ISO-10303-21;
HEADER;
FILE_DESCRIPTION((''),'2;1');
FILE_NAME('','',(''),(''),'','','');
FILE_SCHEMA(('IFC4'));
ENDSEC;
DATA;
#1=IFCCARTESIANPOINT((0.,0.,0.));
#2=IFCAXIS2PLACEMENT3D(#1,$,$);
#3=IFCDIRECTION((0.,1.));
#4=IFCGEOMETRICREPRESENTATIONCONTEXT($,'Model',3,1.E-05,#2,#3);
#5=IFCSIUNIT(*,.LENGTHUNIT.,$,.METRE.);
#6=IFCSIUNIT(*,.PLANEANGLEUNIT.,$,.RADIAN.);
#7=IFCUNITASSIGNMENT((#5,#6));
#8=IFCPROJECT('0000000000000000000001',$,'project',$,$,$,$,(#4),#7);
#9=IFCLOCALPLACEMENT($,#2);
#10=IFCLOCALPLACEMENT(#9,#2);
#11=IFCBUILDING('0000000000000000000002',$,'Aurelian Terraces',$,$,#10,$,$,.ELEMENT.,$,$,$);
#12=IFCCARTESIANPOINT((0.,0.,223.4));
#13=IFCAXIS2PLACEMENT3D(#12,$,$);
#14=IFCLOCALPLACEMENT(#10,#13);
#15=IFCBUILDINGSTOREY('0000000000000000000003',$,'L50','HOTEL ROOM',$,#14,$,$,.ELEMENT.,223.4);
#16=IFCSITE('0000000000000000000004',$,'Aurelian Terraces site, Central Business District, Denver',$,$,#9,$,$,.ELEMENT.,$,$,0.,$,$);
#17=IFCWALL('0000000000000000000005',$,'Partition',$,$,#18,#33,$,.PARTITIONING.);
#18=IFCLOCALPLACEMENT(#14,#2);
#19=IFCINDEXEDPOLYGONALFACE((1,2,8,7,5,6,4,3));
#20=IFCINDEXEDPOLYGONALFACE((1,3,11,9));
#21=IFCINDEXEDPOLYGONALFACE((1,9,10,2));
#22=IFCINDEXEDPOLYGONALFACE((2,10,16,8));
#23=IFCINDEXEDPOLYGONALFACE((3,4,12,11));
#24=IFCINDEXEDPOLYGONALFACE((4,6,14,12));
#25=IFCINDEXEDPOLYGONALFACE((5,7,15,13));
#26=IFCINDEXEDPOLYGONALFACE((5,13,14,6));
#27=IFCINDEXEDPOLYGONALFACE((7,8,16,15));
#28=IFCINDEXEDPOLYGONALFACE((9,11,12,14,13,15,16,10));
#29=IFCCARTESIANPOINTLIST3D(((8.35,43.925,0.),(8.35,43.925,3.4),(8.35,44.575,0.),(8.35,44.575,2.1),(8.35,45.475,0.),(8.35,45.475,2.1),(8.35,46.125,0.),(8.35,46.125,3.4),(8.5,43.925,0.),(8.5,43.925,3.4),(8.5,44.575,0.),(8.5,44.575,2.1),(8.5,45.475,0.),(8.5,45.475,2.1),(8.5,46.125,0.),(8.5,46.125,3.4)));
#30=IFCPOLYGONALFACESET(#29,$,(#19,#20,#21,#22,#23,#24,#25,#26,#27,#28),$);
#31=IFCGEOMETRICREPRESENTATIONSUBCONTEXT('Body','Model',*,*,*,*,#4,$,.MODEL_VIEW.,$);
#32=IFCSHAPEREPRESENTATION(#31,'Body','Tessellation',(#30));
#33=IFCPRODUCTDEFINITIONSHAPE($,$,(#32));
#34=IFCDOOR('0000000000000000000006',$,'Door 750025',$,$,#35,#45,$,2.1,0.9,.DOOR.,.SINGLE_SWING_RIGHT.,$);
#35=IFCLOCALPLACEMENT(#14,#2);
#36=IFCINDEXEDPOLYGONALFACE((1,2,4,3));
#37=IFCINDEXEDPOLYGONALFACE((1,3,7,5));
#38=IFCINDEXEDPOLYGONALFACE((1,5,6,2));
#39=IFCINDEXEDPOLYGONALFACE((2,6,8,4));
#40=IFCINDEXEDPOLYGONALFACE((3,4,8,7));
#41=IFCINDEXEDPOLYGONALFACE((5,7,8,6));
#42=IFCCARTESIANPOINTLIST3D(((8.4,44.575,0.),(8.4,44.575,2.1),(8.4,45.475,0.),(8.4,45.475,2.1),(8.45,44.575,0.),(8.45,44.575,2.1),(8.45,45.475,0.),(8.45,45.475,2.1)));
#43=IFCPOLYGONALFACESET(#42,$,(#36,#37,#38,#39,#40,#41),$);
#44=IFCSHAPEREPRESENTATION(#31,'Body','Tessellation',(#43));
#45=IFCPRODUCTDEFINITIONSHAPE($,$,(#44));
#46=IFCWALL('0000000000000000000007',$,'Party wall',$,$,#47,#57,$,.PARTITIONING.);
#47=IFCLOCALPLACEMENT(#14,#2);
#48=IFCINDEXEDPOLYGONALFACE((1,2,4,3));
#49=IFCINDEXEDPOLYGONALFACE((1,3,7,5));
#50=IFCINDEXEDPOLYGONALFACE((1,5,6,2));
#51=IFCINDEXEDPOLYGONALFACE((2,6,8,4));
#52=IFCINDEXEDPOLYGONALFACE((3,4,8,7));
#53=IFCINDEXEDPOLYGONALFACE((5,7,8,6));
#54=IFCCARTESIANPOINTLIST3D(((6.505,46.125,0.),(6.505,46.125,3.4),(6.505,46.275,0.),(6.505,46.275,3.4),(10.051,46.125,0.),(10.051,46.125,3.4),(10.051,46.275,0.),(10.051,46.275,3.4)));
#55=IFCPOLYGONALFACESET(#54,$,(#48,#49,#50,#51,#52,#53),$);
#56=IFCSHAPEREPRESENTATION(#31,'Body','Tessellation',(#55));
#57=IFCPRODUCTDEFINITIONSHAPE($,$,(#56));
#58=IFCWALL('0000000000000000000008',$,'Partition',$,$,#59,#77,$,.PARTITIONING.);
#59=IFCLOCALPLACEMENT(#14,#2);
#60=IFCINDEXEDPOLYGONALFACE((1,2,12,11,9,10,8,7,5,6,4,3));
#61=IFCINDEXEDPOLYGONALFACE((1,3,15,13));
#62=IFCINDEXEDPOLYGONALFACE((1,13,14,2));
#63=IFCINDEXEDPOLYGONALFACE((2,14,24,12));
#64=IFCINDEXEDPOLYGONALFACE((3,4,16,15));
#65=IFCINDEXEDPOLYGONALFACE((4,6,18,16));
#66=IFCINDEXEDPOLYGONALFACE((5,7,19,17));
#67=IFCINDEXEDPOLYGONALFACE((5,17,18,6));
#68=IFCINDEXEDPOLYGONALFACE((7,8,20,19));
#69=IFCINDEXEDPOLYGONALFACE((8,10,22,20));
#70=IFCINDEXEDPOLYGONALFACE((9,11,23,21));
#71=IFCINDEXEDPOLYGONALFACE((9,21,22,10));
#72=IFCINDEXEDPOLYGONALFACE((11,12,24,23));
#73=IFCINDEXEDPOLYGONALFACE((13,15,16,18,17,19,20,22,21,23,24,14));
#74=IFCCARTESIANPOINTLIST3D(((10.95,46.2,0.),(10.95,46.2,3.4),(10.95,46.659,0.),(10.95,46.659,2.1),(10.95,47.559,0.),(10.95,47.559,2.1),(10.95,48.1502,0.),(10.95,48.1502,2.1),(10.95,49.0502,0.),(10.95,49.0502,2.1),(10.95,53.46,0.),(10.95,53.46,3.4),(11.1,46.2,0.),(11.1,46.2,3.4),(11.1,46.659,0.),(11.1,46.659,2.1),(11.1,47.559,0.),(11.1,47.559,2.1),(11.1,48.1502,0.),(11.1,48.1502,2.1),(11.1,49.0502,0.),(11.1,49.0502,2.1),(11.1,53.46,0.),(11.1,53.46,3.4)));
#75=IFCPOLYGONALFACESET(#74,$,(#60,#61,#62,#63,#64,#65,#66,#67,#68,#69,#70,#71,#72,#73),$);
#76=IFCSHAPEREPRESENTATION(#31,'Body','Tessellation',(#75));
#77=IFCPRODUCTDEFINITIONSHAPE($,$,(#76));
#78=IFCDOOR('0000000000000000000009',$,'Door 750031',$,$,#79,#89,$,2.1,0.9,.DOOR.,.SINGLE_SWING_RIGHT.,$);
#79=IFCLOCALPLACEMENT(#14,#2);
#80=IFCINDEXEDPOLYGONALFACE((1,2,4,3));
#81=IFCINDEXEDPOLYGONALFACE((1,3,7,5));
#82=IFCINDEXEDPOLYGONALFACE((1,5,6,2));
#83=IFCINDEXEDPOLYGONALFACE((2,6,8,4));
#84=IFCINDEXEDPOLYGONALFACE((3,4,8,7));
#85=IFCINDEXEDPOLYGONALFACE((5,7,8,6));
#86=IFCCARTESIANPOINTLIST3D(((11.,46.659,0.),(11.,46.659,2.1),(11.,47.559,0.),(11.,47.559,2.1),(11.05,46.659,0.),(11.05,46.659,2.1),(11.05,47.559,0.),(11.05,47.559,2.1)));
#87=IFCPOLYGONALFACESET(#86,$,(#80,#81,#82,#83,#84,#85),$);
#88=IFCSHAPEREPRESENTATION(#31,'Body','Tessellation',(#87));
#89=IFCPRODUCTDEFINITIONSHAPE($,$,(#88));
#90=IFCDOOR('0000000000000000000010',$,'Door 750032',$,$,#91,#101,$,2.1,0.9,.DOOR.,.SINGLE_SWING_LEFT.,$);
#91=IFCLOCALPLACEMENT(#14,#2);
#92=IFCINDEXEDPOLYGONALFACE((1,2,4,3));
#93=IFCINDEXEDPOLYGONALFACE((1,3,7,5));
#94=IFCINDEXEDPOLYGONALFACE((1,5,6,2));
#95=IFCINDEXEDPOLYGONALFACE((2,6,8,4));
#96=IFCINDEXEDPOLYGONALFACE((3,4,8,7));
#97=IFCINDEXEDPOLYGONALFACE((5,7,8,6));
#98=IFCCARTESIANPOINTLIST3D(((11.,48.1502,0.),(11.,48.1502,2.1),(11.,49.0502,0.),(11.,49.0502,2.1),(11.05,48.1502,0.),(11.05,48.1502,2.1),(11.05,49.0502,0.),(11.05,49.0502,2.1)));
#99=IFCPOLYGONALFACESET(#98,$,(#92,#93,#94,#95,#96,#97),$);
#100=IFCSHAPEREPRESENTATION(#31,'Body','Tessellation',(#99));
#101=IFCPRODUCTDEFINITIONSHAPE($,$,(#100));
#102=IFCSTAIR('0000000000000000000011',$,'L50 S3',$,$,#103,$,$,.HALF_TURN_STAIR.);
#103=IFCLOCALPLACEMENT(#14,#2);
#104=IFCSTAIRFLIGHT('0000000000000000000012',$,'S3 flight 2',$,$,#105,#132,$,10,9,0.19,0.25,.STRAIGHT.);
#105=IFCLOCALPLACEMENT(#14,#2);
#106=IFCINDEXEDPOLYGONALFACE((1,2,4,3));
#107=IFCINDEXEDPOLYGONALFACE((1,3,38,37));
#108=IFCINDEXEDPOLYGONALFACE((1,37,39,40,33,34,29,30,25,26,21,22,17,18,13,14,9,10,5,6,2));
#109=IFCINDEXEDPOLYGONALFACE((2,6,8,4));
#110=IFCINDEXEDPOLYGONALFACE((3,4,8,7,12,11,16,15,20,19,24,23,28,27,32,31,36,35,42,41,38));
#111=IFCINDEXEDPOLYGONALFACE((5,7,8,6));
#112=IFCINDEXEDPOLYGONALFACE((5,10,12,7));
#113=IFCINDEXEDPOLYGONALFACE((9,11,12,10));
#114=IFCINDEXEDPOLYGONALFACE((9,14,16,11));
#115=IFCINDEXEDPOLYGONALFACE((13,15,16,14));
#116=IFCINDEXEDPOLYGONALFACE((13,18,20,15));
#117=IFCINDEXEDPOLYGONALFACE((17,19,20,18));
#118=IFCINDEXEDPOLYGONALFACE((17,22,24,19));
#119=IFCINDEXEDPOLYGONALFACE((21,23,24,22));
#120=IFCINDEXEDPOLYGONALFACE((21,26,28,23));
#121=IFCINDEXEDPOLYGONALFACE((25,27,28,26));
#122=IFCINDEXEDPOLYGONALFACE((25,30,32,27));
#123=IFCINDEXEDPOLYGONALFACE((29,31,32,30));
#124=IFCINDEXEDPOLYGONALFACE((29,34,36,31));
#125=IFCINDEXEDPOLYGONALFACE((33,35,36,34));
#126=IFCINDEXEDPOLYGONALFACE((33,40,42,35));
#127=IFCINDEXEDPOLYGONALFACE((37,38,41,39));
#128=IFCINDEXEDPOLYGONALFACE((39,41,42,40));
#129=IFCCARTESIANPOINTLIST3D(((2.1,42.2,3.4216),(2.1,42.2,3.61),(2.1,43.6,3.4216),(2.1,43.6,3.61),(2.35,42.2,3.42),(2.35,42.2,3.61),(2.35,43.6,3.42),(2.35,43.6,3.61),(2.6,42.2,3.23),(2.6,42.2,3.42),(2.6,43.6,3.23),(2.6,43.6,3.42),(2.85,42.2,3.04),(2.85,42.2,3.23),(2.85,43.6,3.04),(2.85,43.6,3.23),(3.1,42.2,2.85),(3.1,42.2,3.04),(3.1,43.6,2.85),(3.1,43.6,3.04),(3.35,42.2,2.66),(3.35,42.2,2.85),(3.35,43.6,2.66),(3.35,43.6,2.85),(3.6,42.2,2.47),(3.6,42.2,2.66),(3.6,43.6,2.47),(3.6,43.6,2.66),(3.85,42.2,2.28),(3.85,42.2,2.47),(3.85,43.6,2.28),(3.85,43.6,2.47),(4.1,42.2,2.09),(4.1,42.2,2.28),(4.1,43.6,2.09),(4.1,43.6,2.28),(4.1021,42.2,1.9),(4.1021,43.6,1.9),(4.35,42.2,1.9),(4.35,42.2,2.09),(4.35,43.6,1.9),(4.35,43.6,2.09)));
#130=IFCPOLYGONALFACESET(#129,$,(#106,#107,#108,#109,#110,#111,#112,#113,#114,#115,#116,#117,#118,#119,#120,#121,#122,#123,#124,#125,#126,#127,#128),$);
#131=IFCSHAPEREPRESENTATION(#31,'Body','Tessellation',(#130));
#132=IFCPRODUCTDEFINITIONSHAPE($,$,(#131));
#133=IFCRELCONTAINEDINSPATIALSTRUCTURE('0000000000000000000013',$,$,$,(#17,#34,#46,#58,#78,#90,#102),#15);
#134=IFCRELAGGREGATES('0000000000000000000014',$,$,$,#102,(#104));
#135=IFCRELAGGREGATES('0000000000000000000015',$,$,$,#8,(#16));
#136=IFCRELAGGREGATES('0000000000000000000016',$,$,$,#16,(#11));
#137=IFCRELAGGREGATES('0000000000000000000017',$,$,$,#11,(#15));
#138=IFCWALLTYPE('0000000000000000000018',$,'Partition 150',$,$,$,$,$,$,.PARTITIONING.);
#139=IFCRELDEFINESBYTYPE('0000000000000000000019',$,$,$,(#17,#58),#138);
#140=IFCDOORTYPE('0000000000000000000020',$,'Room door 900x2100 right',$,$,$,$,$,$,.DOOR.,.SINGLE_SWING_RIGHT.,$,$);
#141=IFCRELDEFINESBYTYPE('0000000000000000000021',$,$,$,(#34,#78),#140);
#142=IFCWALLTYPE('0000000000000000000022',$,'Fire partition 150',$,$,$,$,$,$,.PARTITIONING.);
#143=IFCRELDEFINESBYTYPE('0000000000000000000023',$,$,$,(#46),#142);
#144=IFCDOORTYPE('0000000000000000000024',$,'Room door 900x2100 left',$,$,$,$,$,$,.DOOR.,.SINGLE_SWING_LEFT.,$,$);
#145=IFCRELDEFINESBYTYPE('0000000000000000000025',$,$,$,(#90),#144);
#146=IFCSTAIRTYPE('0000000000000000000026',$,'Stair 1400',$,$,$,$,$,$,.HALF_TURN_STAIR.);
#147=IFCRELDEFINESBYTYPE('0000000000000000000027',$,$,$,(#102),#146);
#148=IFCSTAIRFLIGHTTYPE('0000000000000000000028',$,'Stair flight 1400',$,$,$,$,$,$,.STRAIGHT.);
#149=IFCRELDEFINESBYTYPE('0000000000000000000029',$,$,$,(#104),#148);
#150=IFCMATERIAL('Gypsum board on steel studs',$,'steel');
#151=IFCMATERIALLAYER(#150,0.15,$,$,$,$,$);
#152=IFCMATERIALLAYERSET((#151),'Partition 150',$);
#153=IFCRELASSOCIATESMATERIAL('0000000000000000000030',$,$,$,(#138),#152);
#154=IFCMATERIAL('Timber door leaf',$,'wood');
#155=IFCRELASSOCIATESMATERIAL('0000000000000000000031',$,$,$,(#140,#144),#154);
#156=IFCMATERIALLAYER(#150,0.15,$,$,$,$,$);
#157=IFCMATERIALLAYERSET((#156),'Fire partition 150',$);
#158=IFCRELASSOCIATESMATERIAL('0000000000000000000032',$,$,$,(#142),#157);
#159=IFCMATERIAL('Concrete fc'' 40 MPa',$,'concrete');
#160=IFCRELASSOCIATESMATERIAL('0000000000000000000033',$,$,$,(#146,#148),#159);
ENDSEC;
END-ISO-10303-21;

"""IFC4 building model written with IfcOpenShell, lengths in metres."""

from ifc_helpers import new_model, si_unit, direction, frame, frame_2d, origin, place, context, subcontext, project, spatial, polyline, rectangle, outline, extrude, source, transform, mapped, material, layer, layer_set, type_object, element, fill, aggregate, save


model = new_model("IFC4")

# Units and contexts
model_context = context("Model", 3, precision=1e-05, world=origin(), true_north=direction((0.0, 1.0)))
body_context = subcontext(model_context, "Body", "Model", "MODEL_VIEW")
ifc_project = project(units=[si_unit("LENGTHUNIT", "METRE"), si_unit("PLANEANGLEUNIT", "RADIAN")], contexts=[model_context])

# Site, building, storey
site_placement = place(None, origin())
site = spatial("IfcSite", under=ifc_project, at=site_placement, Name="Aurelian Terraces site, Central Business District, Denver", CompositionType="ELEMENT", RefElevation=0.0)
building_placement = place(site_placement, origin())
building = spatial("IfcBuilding", under=site, at=building_placement, Name="Aurelian Terraces", CompositionType="ELEMENT")
storey_placement = place(building_placement, frame((0.0, 0.0, 223.4)))
storey = spatial("IfcBuildingStorey", under=building, at=storey_placement, Name="L50", Description="HOTEL ROOM", CompositionType="ELEMENT", Elevation=223.4)

# Shared definitions
ifc_material_1 = material(Name="Concrete fc' 40 MPa", Category="concrete")

# Shared definitions
ifc_material_2 = material(Name="Gypsum board on steel studs", Category="steel")
ifc_layer_1 = layer(ifc_material_2, 0.15)
ifc_layer_set_1 = layer_set([ifc_layer_1], Name="Partition 150")
wall_type_1 = type_object("IfcWallType", Name="Partition 150", PredefinedType="PARTITIONING", material=ifc_layer_set_1)

# Wall, opening, door
shared_shape_1 = source(origin(), body_context, "Body", "SweptSolid", [
    extrude(rectangle(XDim=2.2, YDim=0.15, at=frame_2d((1.1, 0.0))), origin(), (0.0, 0.0, 1.0), 3.4),
])
wall_1_placement = place(storey_placement, frame((8.425, 43.925, 0.0), z_axis=(0.0, 0.0, 1.0), x_axis=(0.0, 1.0, 0.0)))
wall_1 = element("IfcWall", 1, at=wall_1_placement, inside=storey, type_object=wall_type_1, Name="Partition", PredefinedType="PARTITIONING", context=body_context, shape_type="MappedRepresentation", body=[
    mapped(shared_shape_1, transform((0.0, 0.0, 0.0), scale=1.0)),
])
shared_shape_2 = source(origin(), body_context, "Body", "SweptSolid", [
    extrude(rectangle(XDim=0.9, YDim=2.1, at=frame_2d((0.45, 1.05))), frame((0.0, 0.085, 0.0), z_axis=(0.0, -1.0, 0.0), x_axis=(1.0, 0.0, 0.0)), (0.0, 0.0, 1.0), 0.17),
])
opening_1_placement = place(wall_1_placement, frame((0.65, 0.0, 0.0)))
opening_1 = element("IfcOpeningElement", 2, at=opening_1_placement, cuts=wall_1, PredefinedType="OPENING", context=body_context, shape_type="MappedRepresentation", body=[
    mapped(shared_shape_2, transform((0.0, 0.0, 0.0), scale=1.0)),
])
ifc_material_3 = material(Name="Timber door leaf", Category="wood")
door_type_1 = type_object("IfcDoorType", Name="Room door 900x2100 right", OperationType="SINGLE_SWING_RIGHT", PredefinedType="DOOR", material=ifc_material_3)
shared_shape_3 = source(origin(), body_context, "Body", "SweptSolid", [
    extrude(rectangle(XDim=0.9, YDim=2.1, at=frame_2d((0.45, 1.05))), frame((0.0, 0.025, 0.0), z_axis=(0.0, -1.0, 0.0), x_axis=(1.0, 0.0, 0.0)), (0.0, 0.0, 1.0), 0.05),
])
door_1_placement = place(opening_1_placement, origin())
door_1 = element("IfcDoor", 3, at=door_1_placement, inside=storey, type_object=door_type_1, Name="Door 750025", OperationType="SINGLE_SWING_RIGHT", OverallHeight=2.1, OverallWidth=0.9, PredefinedType="DOOR", context=body_context, shape_type="MappedRepresentation", body=[
    mapped(shared_shape_3, transform((0.0, 0.0, 0.0), scale=1.0)),
])
fill(opening_1, door_1)

# Wall
ifc_layer_2 = layer(ifc_material_2, 0.15)
ifc_layer_set_2 = layer_set([ifc_layer_2], Name="Fire partition 150")
wall_type_2 = type_object("IfcWallType", Name="Fire partition 150", PredefinedType="PARTITIONING", material=ifc_layer_set_2)
shared_shape_4 = source(origin(), body_context, "Body", "SweptSolid", [
    extrude(rectangle(XDim=3.546, YDim=0.15, at=frame_2d((1.773, 0.0))), origin(), (0.0, 0.0, 1.0), 3.4),
])
wall_2_placement = place(storey_placement, frame((10.051, 46.2, 0.0), z_axis=(0.0, 0.0, 1.0), x_axis=(-1.0, 0.0, 0.0)))
element("IfcWall", 4, at=wall_2_placement, inside=storey, type_object=wall_type_2, Name="Party wall", PredefinedType="PARTITIONING", context=body_context, shape_type="MappedRepresentation", body=[
    mapped(shared_shape_4, transform((0.0, 0.0, 0.0), scale=1.0)),
])

# Wall, openings, doors
shared_shape_5 = source(origin(), body_context, "Body", "SweptSolid", [
    extrude(rectangle(XDim=7.26, YDim=0.15, at=frame_2d((3.63, 0.0))), origin(), (0.0, 0.0, 1.0), 3.4),
])
wall_3_placement = place(storey_placement, frame((11.025, 46.2, 0.0), z_axis=(0.0, 0.0, 1.0), x_axis=(0.0, 1.0, 0.0)))
wall_3 = element("IfcWall", 5, at=wall_3_placement, inside=storey, type_object=wall_type_1, Name="Partition", PredefinedType="PARTITIONING", context=body_context, shape_type="MappedRepresentation", body=[
    mapped(shared_shape_5, transform((0.0, 0.0, 0.0), scale=1.0)),
])
opening_2_placement = place(wall_3_placement, frame((0.459, 0.0, 0.0)))
opening_2 = element("IfcOpeningElement", 6, at=opening_2_placement, cuts=wall_3, PredefinedType="OPENING", context=body_context, shape_type="MappedRepresentation", body=[
    mapped(shared_shape_2, transform((0.0, 0.0, 0.0), scale=1.0)),
])
opening_3_placement = place(wall_3_placement, frame((1.9502, 0.0, 0.0)))
opening_3 = element("IfcOpeningElement", 7, at=opening_3_placement, cuts=wall_3, PredefinedType="OPENING", context=body_context, shape_type="MappedRepresentation", body=[
    mapped(shared_shape_2, transform((0.0, 0.0, 0.0), scale=1.0)),
])
door_2_placement = place(opening_2_placement, origin())
door_2 = element("IfcDoor", 8, at=door_2_placement, inside=storey, type_object=door_type_1, Name="Door 750031", OperationType="SINGLE_SWING_RIGHT", OverallHeight=2.1, OverallWidth=0.9, PredefinedType="DOOR", context=body_context, shape_type="MappedRepresentation", body=[
    mapped(shared_shape_3, transform((0.0, 0.0, 0.0), scale=1.0)),
])
fill(opening_2, door_2)
door_type_2 = type_object("IfcDoorType", Name="Room door 900x2100 left", OperationType="SINGLE_SWING_LEFT", PredefinedType="DOOR", material=ifc_material_3)
door_3_placement = place(opening_3_placement, origin())
door_3 = element("IfcDoor", 9, at=door_3_placement, inside=storey, type_object=door_type_2, Name="Door 750032", OperationType="SINGLE_SWING_LEFT", OverallHeight=2.1, OverallWidth=0.9, PredefinedType="DOOR", context=body_context, shape_type="MappedRepresentation", body=[
    mapped(shared_shape_3, transform((0.0, 0.0, 0.0), scale=1.0)),
])
fill(opening_3, door_3)

# Stair, stair flight
stair_type = type_object("IfcStairType", Name="Stair 1400", PredefinedType="HALF_TURN_STAIR", material=ifc_material_1)
stair_placement = place(storey_placement, origin())
stair = element("IfcStair", 10, at=stair_placement, inside=storey, type_object=stair_type, Name="L50 S3", PredefinedType="HALF_TURN_STAIR")
stair_flight_type = type_object("IfcStairFlightType", Name="Stair flight 1400", PredefinedType="STRAIGHT", material=ifc_material_1)
shared_shape_6 = source(origin(), body_context, "Body", "SweptSolid", [
    extrude(outline(polyline([(0.0, 0.0), (0.0, 0.19), (0.25, 0.19), (0.25, 0.38), (0.5, 0.38), (0.5, 0.57), (0.75, 0.57), (0.75, 0.76), (1.0, 0.76), (1.0, 0.95), (1.25, 0.95), (1.25, 1.14), (1.5, 1.14), (1.5, 1.33), (1.75, 1.33), (1.75, 1.52), (2.0, 1.52), (2.0, 1.71), (2.25, 1.71), (2.25, 1.9), (2.25, 1.5216), (0.2479, 0.0), (0.0, 0.0)])), frame((0.0, 0.7, 0.0), z_axis=(0.0, -1.0, 0.0), x_axis=(1.0, 0.0, 0.0)), (0.0, 0.0, 1.0), 1.4),
])
stair_flight_placement = place(storey_placement, frame((4.35, 42.9, 1.9), z_axis=(0.0, 0.0, 1.0), x_axis=(-1.0, 0.0, 0.0)))
stair_flight = element("IfcStairFlight", 11, at=stair_flight_placement, type_object=stair_flight_type, Name="S3 flight 2", NumberOfRisers=10, NumberOfTreads=9, PredefinedType="STRAIGHT", RiserHeight=0.19, TreadLength=0.25, context=body_context, shape_type="MappedRepresentation", body=[
    mapped(shared_shape_6, transform((0.0, 0.0, 0.0), scale=1.0)),
])
aggregate(stair, [stair_flight])

save(model, "model.ifc")
